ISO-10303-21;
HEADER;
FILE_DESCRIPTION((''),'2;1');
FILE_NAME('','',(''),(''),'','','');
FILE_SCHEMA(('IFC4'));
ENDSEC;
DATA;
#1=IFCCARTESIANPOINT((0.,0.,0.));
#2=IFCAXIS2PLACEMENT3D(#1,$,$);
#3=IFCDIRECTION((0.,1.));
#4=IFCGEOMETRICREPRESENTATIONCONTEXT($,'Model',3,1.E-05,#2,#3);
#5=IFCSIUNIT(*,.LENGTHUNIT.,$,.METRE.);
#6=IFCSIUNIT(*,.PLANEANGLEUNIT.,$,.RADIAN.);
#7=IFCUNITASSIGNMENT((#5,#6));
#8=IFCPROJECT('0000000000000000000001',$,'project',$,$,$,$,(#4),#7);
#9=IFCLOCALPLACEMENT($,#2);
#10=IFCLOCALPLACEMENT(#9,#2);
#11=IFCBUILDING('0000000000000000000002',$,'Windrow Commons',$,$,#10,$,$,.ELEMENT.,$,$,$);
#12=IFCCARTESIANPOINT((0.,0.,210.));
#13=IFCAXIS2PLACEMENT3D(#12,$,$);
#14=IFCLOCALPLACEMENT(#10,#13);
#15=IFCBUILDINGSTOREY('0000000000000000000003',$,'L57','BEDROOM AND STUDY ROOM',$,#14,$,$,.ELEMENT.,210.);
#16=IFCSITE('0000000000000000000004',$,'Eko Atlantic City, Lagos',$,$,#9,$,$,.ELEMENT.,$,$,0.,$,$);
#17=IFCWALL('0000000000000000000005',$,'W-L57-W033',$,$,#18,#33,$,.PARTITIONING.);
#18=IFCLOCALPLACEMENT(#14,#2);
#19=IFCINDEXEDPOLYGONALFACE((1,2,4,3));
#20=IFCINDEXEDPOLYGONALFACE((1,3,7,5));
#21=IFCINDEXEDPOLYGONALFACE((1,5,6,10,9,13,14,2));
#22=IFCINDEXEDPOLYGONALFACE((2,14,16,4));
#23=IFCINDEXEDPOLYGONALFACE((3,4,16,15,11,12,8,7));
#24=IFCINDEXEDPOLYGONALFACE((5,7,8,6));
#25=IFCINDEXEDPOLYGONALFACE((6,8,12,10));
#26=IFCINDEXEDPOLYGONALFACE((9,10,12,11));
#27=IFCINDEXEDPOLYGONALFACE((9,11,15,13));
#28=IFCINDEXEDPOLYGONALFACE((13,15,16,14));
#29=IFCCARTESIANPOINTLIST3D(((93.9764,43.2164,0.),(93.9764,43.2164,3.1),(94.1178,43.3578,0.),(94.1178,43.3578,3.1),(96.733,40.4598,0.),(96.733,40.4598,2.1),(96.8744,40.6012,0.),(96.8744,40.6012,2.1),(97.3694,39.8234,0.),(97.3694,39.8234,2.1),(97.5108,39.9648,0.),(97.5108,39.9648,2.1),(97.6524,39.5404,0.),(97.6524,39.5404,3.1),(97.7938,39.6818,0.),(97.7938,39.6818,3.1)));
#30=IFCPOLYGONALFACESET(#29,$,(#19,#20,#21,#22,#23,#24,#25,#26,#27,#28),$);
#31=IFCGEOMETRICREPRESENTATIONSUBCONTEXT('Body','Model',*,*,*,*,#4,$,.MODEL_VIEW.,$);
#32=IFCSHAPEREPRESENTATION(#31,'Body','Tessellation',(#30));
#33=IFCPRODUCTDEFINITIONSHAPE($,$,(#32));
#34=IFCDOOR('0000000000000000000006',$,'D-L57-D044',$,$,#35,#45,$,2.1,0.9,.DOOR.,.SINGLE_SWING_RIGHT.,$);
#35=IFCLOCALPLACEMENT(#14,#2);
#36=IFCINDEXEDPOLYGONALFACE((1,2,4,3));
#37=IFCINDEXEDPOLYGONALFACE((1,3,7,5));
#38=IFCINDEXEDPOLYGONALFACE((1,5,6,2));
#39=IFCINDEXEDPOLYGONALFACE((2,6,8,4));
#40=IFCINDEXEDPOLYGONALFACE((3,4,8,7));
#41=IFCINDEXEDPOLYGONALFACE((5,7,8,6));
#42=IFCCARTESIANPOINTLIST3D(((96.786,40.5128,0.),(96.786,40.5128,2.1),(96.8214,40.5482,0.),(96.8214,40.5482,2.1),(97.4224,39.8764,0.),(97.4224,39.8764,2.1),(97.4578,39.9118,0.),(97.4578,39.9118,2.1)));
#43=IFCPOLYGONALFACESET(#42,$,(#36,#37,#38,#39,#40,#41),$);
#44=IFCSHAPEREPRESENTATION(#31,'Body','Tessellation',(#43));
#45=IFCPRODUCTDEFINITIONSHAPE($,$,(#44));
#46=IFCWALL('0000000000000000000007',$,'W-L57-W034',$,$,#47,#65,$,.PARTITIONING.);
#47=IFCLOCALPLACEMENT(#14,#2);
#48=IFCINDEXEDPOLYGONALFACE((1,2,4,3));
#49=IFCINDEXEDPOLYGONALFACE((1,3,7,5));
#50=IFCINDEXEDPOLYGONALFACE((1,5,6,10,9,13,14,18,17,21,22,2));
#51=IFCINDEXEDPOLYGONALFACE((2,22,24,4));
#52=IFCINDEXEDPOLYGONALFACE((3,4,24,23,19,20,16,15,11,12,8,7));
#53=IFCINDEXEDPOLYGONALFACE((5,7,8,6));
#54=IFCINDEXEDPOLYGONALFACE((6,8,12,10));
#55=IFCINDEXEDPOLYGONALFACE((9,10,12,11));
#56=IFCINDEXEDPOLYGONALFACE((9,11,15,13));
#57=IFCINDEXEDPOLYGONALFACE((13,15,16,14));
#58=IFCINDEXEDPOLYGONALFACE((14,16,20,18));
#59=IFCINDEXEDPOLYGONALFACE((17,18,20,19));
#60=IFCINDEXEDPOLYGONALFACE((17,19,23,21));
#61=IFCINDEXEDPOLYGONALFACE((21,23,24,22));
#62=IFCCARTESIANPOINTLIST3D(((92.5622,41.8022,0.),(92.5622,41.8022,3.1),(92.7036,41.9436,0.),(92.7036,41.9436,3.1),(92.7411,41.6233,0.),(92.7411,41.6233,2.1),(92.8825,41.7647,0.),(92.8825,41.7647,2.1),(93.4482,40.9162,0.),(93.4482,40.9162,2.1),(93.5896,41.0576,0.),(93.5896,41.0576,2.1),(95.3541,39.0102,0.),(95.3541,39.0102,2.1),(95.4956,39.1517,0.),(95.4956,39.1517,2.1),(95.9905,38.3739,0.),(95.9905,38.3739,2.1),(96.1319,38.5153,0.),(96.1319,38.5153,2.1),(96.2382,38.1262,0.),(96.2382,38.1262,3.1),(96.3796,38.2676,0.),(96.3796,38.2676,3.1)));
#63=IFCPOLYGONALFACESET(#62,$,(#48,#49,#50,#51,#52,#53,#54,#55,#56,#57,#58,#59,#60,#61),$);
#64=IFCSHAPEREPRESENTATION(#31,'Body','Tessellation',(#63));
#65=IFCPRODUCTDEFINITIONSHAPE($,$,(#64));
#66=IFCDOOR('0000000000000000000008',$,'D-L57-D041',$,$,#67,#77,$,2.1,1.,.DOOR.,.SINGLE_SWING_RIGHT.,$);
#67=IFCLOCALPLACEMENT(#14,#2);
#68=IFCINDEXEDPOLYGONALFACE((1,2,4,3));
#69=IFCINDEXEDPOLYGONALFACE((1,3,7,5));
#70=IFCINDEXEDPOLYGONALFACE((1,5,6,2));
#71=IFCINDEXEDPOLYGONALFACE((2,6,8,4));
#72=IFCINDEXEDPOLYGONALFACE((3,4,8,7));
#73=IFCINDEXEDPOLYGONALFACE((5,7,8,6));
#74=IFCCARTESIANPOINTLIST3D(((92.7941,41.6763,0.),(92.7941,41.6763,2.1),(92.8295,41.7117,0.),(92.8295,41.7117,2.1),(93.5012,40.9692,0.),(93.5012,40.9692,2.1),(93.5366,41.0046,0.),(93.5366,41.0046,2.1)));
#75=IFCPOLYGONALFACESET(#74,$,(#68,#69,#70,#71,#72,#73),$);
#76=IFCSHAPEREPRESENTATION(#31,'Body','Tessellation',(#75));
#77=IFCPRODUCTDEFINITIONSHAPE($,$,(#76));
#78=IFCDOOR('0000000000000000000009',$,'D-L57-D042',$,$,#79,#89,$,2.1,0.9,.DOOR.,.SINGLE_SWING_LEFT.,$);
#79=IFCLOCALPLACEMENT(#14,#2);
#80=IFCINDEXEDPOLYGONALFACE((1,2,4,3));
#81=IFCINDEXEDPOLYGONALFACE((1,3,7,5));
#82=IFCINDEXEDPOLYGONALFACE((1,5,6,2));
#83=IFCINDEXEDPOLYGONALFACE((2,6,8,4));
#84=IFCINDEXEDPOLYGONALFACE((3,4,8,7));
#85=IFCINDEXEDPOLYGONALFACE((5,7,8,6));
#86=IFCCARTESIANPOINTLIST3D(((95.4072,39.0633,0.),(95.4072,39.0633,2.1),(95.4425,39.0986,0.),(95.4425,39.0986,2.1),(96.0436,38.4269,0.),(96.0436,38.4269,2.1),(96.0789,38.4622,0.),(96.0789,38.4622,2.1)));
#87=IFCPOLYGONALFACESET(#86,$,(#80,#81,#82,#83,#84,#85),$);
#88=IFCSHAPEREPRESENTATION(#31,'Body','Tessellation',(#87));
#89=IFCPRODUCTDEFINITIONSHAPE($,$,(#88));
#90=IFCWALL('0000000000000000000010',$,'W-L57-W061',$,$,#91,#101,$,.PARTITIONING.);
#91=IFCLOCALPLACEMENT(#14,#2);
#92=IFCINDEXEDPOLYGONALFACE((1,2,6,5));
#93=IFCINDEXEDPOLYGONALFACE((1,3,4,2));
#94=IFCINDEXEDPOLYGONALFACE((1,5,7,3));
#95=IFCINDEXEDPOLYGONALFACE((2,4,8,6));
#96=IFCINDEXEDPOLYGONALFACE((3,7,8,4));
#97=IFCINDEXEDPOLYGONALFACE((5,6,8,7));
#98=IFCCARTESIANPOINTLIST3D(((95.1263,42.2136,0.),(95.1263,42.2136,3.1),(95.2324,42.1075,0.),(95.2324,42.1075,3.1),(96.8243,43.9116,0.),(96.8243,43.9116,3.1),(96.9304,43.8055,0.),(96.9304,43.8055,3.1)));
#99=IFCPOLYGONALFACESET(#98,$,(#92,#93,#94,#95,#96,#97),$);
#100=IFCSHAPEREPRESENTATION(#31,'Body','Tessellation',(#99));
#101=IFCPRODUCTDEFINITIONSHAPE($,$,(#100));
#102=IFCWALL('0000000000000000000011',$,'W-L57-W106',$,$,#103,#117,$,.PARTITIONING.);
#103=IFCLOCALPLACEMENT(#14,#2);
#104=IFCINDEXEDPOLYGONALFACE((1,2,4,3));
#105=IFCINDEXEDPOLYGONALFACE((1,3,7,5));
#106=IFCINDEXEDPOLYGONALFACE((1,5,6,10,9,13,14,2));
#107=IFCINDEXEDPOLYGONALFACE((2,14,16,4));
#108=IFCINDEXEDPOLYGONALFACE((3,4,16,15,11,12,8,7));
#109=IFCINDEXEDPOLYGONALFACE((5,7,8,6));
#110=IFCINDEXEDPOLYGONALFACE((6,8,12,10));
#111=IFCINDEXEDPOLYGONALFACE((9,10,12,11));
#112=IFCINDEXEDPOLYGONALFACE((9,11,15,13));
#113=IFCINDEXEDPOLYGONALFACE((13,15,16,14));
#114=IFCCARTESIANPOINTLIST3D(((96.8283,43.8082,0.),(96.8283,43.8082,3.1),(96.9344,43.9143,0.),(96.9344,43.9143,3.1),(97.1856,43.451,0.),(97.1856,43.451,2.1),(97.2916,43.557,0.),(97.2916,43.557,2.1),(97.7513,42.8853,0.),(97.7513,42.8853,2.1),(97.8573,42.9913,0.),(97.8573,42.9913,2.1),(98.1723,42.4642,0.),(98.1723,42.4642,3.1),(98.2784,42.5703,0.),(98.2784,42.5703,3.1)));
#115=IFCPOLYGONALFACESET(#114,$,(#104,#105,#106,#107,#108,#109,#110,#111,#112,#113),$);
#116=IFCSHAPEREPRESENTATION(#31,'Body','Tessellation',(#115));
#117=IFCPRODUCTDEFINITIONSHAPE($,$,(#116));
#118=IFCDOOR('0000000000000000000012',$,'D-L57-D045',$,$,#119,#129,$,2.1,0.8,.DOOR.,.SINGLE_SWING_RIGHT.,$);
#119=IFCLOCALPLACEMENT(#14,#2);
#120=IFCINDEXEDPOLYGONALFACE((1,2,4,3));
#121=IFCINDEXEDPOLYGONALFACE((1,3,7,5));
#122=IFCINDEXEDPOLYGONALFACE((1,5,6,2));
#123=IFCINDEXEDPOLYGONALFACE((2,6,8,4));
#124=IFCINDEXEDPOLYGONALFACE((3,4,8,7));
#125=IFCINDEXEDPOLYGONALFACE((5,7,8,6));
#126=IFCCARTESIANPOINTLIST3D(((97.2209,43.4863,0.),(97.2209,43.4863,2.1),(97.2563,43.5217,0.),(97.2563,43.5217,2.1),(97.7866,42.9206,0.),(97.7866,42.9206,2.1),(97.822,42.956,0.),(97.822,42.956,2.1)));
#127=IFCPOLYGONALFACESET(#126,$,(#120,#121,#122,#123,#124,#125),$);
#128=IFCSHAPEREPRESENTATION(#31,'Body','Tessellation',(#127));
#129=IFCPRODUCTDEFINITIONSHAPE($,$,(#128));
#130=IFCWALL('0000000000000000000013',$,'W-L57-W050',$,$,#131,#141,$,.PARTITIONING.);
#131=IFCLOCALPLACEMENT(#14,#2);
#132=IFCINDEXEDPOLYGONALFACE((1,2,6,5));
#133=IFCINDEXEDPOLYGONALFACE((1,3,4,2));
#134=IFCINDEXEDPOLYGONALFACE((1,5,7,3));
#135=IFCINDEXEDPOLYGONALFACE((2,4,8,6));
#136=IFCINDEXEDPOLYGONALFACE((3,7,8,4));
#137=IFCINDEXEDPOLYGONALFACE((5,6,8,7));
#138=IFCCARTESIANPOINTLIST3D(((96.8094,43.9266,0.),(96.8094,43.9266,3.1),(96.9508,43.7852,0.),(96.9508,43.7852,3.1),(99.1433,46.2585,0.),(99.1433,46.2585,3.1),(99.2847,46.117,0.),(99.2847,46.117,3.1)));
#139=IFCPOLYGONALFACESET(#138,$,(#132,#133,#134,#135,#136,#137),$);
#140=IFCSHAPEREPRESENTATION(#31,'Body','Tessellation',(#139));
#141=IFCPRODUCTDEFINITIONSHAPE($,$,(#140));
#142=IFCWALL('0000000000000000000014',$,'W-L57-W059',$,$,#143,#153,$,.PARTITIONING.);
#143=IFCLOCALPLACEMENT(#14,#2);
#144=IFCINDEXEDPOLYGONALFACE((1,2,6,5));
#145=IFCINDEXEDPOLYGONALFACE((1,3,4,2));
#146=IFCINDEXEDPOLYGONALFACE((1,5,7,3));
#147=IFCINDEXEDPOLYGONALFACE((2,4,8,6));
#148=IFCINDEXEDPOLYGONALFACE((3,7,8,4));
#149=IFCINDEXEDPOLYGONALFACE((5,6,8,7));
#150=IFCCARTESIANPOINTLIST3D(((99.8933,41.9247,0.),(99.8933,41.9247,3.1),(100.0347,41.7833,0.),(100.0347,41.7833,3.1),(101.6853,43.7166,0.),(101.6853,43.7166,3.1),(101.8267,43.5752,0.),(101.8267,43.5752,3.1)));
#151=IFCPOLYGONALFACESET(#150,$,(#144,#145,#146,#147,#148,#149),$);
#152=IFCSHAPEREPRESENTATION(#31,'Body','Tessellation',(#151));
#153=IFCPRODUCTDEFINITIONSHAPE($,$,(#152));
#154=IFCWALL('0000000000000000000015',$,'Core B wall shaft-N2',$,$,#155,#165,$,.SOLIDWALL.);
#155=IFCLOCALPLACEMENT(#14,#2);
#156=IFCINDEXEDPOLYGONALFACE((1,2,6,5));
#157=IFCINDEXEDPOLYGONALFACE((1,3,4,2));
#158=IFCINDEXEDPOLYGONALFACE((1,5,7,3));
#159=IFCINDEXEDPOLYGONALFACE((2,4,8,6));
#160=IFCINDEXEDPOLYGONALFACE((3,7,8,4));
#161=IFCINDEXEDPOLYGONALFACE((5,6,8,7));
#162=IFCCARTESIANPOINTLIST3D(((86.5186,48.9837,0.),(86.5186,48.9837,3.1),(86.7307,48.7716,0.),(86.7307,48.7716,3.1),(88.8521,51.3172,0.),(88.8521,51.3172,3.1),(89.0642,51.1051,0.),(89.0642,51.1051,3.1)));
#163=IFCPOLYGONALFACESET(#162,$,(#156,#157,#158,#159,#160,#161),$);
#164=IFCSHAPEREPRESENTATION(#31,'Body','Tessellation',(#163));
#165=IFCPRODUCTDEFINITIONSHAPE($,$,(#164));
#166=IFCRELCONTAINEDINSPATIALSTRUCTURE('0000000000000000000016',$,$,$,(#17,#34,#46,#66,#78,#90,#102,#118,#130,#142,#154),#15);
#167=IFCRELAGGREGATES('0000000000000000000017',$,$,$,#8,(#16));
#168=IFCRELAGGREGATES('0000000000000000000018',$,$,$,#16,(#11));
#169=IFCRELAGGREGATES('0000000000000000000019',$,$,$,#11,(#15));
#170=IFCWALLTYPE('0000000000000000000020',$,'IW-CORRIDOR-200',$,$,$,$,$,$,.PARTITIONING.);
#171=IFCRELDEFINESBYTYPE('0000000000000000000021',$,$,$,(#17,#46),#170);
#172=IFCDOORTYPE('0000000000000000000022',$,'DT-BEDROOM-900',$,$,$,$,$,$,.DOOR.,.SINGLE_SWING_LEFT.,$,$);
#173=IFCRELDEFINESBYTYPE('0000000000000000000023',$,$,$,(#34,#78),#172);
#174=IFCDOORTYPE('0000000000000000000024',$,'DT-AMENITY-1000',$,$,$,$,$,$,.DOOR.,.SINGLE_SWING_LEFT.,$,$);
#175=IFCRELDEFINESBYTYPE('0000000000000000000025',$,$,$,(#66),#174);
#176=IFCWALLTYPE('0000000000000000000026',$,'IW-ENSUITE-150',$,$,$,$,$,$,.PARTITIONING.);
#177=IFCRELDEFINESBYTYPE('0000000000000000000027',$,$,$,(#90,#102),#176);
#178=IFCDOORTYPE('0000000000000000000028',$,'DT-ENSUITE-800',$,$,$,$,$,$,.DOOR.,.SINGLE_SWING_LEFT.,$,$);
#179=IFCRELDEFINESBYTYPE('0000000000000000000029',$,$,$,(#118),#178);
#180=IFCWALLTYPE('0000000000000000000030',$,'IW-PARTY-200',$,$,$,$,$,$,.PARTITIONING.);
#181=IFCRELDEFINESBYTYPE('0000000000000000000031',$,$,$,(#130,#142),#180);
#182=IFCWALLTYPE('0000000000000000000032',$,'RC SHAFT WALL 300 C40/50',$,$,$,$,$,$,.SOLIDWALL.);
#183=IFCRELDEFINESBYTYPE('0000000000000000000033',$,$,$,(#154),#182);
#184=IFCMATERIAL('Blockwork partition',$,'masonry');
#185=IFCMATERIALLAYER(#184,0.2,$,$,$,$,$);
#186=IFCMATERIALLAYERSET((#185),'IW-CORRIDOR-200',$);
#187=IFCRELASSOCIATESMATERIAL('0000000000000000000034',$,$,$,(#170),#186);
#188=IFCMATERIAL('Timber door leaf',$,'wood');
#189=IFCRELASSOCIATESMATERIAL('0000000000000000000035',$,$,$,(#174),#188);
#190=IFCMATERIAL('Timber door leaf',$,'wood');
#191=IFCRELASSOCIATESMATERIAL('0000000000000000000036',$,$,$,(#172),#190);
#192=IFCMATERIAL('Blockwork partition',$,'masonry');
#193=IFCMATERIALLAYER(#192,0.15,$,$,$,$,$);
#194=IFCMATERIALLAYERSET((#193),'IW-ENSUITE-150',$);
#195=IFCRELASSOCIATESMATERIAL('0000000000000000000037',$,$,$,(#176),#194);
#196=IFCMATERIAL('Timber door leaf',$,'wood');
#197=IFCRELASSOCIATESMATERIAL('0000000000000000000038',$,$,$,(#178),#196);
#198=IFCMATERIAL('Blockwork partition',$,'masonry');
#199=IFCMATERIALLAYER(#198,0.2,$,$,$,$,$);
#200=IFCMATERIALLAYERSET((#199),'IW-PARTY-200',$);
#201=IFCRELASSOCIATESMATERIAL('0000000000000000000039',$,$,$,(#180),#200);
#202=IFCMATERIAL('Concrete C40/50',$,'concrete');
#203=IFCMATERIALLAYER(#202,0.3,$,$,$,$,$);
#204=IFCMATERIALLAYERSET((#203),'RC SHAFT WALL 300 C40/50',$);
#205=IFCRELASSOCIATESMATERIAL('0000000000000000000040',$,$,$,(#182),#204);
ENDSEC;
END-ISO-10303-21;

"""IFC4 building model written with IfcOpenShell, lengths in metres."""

from ifc_helpers import new_model, si_unit, direction, frame, frame_2d, origin, place, context, subcontext, project, spatial, rectangle, extrude, material, layer, layer_set, type_object, element, fill, save


model = new_model("IFC4")

# Units and contexts
model_context = context("Model", 3, precision=1e-05, world=origin(), true_north=direction((0.0, 1.0)))
body_context = subcontext(model_context, "Body", "Model", "MODEL_VIEW")
ifc_project = project(units=[si_unit("LENGTHUNIT", "METRE"), si_unit("PLANEANGLEUNIT", "RADIAN")], contexts=[model_context])

# Site, building, storey
site_placement = place(None, origin())
site = spatial("IfcSite", under=ifc_project, at=site_placement, Name="Eko Atlantic City, Lagos", CompositionType="ELEMENT", RefElevation=0.0)
building_placement = place(site_placement, origin())
building = spatial("IfcBuilding", under=site, at=building_placement, Name="Windrow Commons", CompositionType="ELEMENT")
storey_placement = place(building_placement, frame((0.0, 0.0, 210.0)))
storey = spatial("IfcBuildingStorey", under=building, at=storey_placement, Name="L57", Description="BEDROOM AND STUDY ROOM", CompositionType="ELEMENT", Elevation=210.0)

# Wall, opening, door
ifc_material_1 = material(Name="Blockwork partition", Category="masonry")
ifc_layer_1 = layer(ifc_material_1, 0.2)
ifc_layer_set_1 = layer_set([ifc_layer_1], Name="IW-CORRIDOR-200")
wall_type_1 = type_object("IfcWallType", Name="IW-CORRIDOR-200", PredefinedType="PARTITIONING", material=ifc_layer_set_1)
ifc_material_2 = material(Name="Timber door leaf", Category="wood")
door_type_1 = type_object("IfcDoorType", Name="DT-AMENITY-1000", OperationType="SINGLE_SWING_LEFT", PredefinedType="DOOR", material=ifc_material_2)
wall_1_placement = place(storey_placement, frame((94.0471, 43.2871, 0.0), z_axis=(0.0, 0.0, 1.0), x_axis=(0.707107, -0.707107, 0.0)))
wall_1 = element("IfcWall", 1, at=wall_1_placement, inside=storey, type_object=wall_type_1, Name="W-L57-W033", PredefinedType="PARTITIONING", context=body_context, shape_type="SweptSolid", body=[
    extrude(rectangle(XDim=5.1986, YDim=0.2, at=frame_2d((2.5993, 0.0))), origin(), (0.0, 0.0, 1.0), 3.1),
])
opening_1_placement = place(wall_1_placement, frame((3.8984, 0.0, 0.0)))
opening_1 = element("IfcOpeningElement", 2, at=opening_1_placement, cuts=wall_1, PredefinedType="OPENING", context=body_context, shape_type="SweptSolid", body=[
    extrude(rectangle(XDim=0.9, YDim=2.1, at=frame_2d((0.45, 1.05))), frame((0.0, 0.11, 0.0), z_axis=(0.0, -1.0, 0.0), x_axis=(1.0, 0.0, 0.0)), (0.0, 0.0, 1.0), 0.22),
])
ifc_material_3 = material(Name="Timber door leaf", Category="wood")
door_type_2 = type_object("IfcDoorType", Name="DT-BEDROOM-900", OperationType="SINGLE_SWING_LEFT", PredefinedType="DOOR", material=ifc_material_3)
door_1_placement = place(opening_1_placement, origin())
door_1 = element("IfcDoor", 3, at=door_1_placement, inside=storey, type_object=door_type_2, Name="D-L57-D044", OperationType="SINGLE_SWING_RIGHT", OverallHeight=2.1, OverallWidth=0.9, PredefinedType="DOOR", context=body_context, shape_type="SweptSolid", body=[
    extrude(rectangle(XDim=0.9, YDim=2.1, at=frame_2d((0.45, 1.05))), frame((0.0, 0.025, 0.0), z_axis=(0.0, -1.0, 0.0), x_axis=(1.0, 0.0, 0.0)), (0.0, 0.0, 1.0), 0.05),
])
fill(opening_1, door_1)

# Wall, openings, doors
wall_2_placement = place(storey_placement, frame((92.6329, 41.8729, 0.0), z_axis=(0.0, 0.0, 1.0), x_axis=(0.707107, -0.707107, 0.0)))
wall_2 = element("IfcWall", 4, at=wall_2_placement, inside=storey, type_object=wall_type_1, Name="W-L57-W034", PredefinedType="PARTITIONING", context=body_context, shape_type="SweptSolid", body=[
    extrude(rectangle(XDim=5.1986, YDim=0.2, at=frame_2d((2.5993, 0.0))), origin(), (0.0, 0.0, 1.0), 3.1),
])
opening_2_placement = place(wall_2_placement, frame((0.253, 0.0, 0.0)))
opening_2 = element("IfcOpeningElement", 5, at=opening_2_placement, cuts=wall_2, PredefinedType="OPENING", context=body_context, shape_type="SweptSolid", body=[
    extrude(rectangle(XDim=1.0, YDim=2.1, at=frame_2d((0.5, 1.05))), frame((0.0, 0.11, 0.0), z_axis=(0.0, -1.0, 0.0), x_axis=(1.0, 0.0, 0.0)), (0.0, 0.0, 1.0), 0.22),
])
opening_3_placement = place(wall_2_placement, frame((3.9484, 0.0, 0.0)))
opening_3 = element("IfcOpeningElement", 6, at=opening_3_placement, cuts=wall_2, PredefinedType="OPENING", context=body_context, shape_type="SweptSolid", body=[
    extrude(rectangle(XDim=0.9, YDim=2.1, at=frame_2d((0.45, 1.05))), frame((0.0, 0.11, 0.0), z_axis=(0.0, -1.0, 0.0), x_axis=(1.0, 0.0, 0.0)), (0.0, 0.0, 1.0), 0.22),
])
door_2_placement = place(opening_2_placement, origin())
door_2 = element("IfcDoor", 7, at=door_2_placement, inside=storey, type_object=door_type_1, Name="D-L57-D041", OperationType="SINGLE_SWING_RIGHT", OverallHeight=2.1, OverallWidth=1.0, PredefinedType="DOOR", context=body_context, shape_type="SweptSolid", body=[
    extrude(rectangle(XDim=1.0, YDim=2.1, at=frame_2d((0.5, 1.05))), frame((0.0, 0.025, 0.0), z_axis=(0.0, -1.0, 0.0), x_axis=(1.0, 0.0, 0.0)), (0.0, 0.0, 1.0), 0.05),
])
fill(opening_2, door_2)
door_3_placement = place(opening_3_placement, origin())
door_3 = element("IfcDoor", 8, at=door_3_placement, inside=storey, type_object=door_type_2, Name="D-L57-D042", OperationType="SINGLE_SWING_LEFT", OverallHeight=2.1, OverallWidth=0.9, PredefinedType="DOOR", context=body_context, shape_type="SweptSolid", body=[
    extrude(rectangle(XDim=0.9, YDim=2.1, at=frame_2d((0.45, 1.05))), frame((0.0, 0.025, 0.0), z_axis=(0.0, -1.0, 0.0), x_axis=(1.0, 0.0, 0.0)), (0.0, 0.0, 1.0), 0.05),
])
fill(opening_3, door_3)

# Wall
ifc_material_4 = material(Name="Blockwork partition", Category="masonry")
ifc_layer_2 = layer(ifc_material_4, 0.15)
ifc_layer_set_2 = layer_set([ifc_layer_2], Name="IW-ENSUITE-150")
wall_type_2 = type_object("IfcWallType", Name="IW-ENSUITE-150", PredefinedType="PARTITIONING", material=ifc_layer_set_2)
wall_3_placement = place(storey_placement, frame((95.1794, 42.1606, 0.0), z_axis=(0.0, 0.0, 1.0), x_axis=(0.707107, 0.707107, 0.0)))
element("IfcWall", 9, at=wall_3_placement, inside=storey, type_object=wall_type_2, Name="W-L57-W061", PredefinedType="PARTITIONING", context=body_context, shape_type="SweptSolid", body=[
    extrude(rectangle(XDim=2.4013, YDim=0.15, at=frame_2d((1.2006, 0.0))), origin(), (0.0, 0.0, 1.0), 3.1),
])

# Wall, opening, door
wall_4_placement = place(storey_placement, frame((96.8813, 43.8613, 0.0), z_axis=(0.0, 0.0, 1.0), x_axis=(0.707107, -0.707107, 0.0)))
wall_4 = element("IfcWall", 10, at=wall_4_placement, inside=storey, type_object=wall_type_2, Name="W-L57-W106", PredefinedType="PARTITIONING", context=body_context, shape_type="SweptSolid", body=[
    extrude(rectangle(XDim=1.9007, YDim=0.15, at=frame_2d((0.9504, 0.0))), origin(), (0.0, 0.0, 1.0), 3.1),
])
opening_4_placement = place(wall_4_placement, frame((0.5053, 0.0, 0.0)))
opening_4 = element("IfcOpeningElement", 11, at=opening_4_placement, cuts=wall_4, PredefinedType="OPENING", context=body_context, shape_type="SweptSolid", body=[
    extrude(rectangle(XDim=0.8, YDim=2.1, at=frame_2d((0.4, 1.05))), frame((0.0, 0.085, 0.0), z_axis=(0.0, -1.0, 0.0), x_axis=(1.0, 0.0, 0.0)), (0.0, 0.0, 1.0), 0.17),
])
ifc_material_5 = material(Name="Timber door leaf", Category="wood")
door_type_3 = type_object("IfcDoorType", Name="DT-ENSUITE-800", OperationType="SINGLE_SWING_LEFT", PredefinedType="DOOR", material=ifc_material_5)
door_4_placement = place(opening_4_placement, origin())
door_4 = element("IfcDoor", 12, at=door_4_placement, inside=storey, type_object=door_type_3, Name="D-L57-D045", OperationType="SINGLE_SWING_RIGHT", OverallHeight=2.1, OverallWidth=0.8, PredefinedType="DOOR", context=body_context, shape_type="SweptSolid", body=[
    extrude(rectangle(XDim=0.8, YDim=2.1, at=frame_2d((0.4, 1.05))), frame((0.0, 0.025, 0.0), z_axis=(0.0, -1.0, 0.0), x_axis=(1.0, 0.0, 0.0)), (0.0, 0.0, 1.0), 0.05),
])
fill(opening_4, door_4)

# Walls
ifc_material_6 = material(Name="Blockwork partition", Category="masonry")
ifc_layer_3 = layer(ifc_material_6, 0.2)
ifc_layer_set_3 = layer_set([ifc_layer_3], Name="IW-PARTY-200")
wall_type_3 = type_object("IfcWallType", Name="IW-PARTY-200", PredefinedType="PARTITIONING", material=ifc_layer_set_3)
wall_5_placement = place(storey_placement, frame((96.8801, 43.8559, 0.0), z_axis=(0.0, 0.0, 1.0), x_axis=(0.70741, 0.706804, 0.0)))
element("IfcWall", 13, at=wall_5_placement, inside=storey, type_object=wall_type_3, Name="W-L57-W050", PredefinedType="PARTITIONING", context=body_context, shape_type="SweptSolid", body=[
    extrude(rectangle(XDim=3.2992, YDim=0.2, at=frame_2d((1.6496, 0.0))), origin(), (0.0, 0.0, 1.0), 3.1),
])
wall_6_placement = place(storey_placement, frame((99.964, 41.854, 0.0), z_axis=(0.0, 0.0, 1.0), x_axis=(0.707127, 0.707087, 0.0)))
element("IfcWall", 14, at=wall_6_placement, inside=storey, type_object=wall_type_3, Name="W-L57-W059", PredefinedType="PARTITIONING", context=body_context, shape_type="SweptSolid", body=[
    extrude(rectangle(XDim=2.5341, YDim=0.2, at=frame_2d((1.2671, 0.0))), origin(), (0.0, 0.0, 1.0), 3.1),
])
ifc_material_7 = material(Name="Concrete C40/50", Category="concrete")
ifc_layer_4 = layer(ifc_material_7, 0.3)
ifc_layer_set_4 = layer_set([ifc_layer_4], Name="RC SHAFT WALL 300 C40/50")
wall_type_4 = type_object("IfcWallType", Name="RC SHAFT WALL 300 C40/50", PredefinedType="SOLIDWALL", material=ifc_layer_set_4)
for number, where, z_axis, x_axis, name in (
    (15, (86.6246, 48.8776, 0.0), (0.0, 0.0, 1.0), (0.707107, 0.707107, 0.0), "Core B wall shaft-N2"),
):
    element("IfcWall", number, at=place(storey_placement, frame(where, z_axis=z_axis, x_axis=x_axis)), inside=storey, type_object=wall_type_4, Name=name, PredefinedType="SOLIDWALL", context=body_context, shape_type="SweptSolid", body=[
        extrude(rectangle(XDim=3.3001, YDim=0.3, at=frame_2d((1.6501, 0.0))), origin(), (0.0, 0.0, 1.0), 3.1),
    ])

save(model, "model.ifc")
